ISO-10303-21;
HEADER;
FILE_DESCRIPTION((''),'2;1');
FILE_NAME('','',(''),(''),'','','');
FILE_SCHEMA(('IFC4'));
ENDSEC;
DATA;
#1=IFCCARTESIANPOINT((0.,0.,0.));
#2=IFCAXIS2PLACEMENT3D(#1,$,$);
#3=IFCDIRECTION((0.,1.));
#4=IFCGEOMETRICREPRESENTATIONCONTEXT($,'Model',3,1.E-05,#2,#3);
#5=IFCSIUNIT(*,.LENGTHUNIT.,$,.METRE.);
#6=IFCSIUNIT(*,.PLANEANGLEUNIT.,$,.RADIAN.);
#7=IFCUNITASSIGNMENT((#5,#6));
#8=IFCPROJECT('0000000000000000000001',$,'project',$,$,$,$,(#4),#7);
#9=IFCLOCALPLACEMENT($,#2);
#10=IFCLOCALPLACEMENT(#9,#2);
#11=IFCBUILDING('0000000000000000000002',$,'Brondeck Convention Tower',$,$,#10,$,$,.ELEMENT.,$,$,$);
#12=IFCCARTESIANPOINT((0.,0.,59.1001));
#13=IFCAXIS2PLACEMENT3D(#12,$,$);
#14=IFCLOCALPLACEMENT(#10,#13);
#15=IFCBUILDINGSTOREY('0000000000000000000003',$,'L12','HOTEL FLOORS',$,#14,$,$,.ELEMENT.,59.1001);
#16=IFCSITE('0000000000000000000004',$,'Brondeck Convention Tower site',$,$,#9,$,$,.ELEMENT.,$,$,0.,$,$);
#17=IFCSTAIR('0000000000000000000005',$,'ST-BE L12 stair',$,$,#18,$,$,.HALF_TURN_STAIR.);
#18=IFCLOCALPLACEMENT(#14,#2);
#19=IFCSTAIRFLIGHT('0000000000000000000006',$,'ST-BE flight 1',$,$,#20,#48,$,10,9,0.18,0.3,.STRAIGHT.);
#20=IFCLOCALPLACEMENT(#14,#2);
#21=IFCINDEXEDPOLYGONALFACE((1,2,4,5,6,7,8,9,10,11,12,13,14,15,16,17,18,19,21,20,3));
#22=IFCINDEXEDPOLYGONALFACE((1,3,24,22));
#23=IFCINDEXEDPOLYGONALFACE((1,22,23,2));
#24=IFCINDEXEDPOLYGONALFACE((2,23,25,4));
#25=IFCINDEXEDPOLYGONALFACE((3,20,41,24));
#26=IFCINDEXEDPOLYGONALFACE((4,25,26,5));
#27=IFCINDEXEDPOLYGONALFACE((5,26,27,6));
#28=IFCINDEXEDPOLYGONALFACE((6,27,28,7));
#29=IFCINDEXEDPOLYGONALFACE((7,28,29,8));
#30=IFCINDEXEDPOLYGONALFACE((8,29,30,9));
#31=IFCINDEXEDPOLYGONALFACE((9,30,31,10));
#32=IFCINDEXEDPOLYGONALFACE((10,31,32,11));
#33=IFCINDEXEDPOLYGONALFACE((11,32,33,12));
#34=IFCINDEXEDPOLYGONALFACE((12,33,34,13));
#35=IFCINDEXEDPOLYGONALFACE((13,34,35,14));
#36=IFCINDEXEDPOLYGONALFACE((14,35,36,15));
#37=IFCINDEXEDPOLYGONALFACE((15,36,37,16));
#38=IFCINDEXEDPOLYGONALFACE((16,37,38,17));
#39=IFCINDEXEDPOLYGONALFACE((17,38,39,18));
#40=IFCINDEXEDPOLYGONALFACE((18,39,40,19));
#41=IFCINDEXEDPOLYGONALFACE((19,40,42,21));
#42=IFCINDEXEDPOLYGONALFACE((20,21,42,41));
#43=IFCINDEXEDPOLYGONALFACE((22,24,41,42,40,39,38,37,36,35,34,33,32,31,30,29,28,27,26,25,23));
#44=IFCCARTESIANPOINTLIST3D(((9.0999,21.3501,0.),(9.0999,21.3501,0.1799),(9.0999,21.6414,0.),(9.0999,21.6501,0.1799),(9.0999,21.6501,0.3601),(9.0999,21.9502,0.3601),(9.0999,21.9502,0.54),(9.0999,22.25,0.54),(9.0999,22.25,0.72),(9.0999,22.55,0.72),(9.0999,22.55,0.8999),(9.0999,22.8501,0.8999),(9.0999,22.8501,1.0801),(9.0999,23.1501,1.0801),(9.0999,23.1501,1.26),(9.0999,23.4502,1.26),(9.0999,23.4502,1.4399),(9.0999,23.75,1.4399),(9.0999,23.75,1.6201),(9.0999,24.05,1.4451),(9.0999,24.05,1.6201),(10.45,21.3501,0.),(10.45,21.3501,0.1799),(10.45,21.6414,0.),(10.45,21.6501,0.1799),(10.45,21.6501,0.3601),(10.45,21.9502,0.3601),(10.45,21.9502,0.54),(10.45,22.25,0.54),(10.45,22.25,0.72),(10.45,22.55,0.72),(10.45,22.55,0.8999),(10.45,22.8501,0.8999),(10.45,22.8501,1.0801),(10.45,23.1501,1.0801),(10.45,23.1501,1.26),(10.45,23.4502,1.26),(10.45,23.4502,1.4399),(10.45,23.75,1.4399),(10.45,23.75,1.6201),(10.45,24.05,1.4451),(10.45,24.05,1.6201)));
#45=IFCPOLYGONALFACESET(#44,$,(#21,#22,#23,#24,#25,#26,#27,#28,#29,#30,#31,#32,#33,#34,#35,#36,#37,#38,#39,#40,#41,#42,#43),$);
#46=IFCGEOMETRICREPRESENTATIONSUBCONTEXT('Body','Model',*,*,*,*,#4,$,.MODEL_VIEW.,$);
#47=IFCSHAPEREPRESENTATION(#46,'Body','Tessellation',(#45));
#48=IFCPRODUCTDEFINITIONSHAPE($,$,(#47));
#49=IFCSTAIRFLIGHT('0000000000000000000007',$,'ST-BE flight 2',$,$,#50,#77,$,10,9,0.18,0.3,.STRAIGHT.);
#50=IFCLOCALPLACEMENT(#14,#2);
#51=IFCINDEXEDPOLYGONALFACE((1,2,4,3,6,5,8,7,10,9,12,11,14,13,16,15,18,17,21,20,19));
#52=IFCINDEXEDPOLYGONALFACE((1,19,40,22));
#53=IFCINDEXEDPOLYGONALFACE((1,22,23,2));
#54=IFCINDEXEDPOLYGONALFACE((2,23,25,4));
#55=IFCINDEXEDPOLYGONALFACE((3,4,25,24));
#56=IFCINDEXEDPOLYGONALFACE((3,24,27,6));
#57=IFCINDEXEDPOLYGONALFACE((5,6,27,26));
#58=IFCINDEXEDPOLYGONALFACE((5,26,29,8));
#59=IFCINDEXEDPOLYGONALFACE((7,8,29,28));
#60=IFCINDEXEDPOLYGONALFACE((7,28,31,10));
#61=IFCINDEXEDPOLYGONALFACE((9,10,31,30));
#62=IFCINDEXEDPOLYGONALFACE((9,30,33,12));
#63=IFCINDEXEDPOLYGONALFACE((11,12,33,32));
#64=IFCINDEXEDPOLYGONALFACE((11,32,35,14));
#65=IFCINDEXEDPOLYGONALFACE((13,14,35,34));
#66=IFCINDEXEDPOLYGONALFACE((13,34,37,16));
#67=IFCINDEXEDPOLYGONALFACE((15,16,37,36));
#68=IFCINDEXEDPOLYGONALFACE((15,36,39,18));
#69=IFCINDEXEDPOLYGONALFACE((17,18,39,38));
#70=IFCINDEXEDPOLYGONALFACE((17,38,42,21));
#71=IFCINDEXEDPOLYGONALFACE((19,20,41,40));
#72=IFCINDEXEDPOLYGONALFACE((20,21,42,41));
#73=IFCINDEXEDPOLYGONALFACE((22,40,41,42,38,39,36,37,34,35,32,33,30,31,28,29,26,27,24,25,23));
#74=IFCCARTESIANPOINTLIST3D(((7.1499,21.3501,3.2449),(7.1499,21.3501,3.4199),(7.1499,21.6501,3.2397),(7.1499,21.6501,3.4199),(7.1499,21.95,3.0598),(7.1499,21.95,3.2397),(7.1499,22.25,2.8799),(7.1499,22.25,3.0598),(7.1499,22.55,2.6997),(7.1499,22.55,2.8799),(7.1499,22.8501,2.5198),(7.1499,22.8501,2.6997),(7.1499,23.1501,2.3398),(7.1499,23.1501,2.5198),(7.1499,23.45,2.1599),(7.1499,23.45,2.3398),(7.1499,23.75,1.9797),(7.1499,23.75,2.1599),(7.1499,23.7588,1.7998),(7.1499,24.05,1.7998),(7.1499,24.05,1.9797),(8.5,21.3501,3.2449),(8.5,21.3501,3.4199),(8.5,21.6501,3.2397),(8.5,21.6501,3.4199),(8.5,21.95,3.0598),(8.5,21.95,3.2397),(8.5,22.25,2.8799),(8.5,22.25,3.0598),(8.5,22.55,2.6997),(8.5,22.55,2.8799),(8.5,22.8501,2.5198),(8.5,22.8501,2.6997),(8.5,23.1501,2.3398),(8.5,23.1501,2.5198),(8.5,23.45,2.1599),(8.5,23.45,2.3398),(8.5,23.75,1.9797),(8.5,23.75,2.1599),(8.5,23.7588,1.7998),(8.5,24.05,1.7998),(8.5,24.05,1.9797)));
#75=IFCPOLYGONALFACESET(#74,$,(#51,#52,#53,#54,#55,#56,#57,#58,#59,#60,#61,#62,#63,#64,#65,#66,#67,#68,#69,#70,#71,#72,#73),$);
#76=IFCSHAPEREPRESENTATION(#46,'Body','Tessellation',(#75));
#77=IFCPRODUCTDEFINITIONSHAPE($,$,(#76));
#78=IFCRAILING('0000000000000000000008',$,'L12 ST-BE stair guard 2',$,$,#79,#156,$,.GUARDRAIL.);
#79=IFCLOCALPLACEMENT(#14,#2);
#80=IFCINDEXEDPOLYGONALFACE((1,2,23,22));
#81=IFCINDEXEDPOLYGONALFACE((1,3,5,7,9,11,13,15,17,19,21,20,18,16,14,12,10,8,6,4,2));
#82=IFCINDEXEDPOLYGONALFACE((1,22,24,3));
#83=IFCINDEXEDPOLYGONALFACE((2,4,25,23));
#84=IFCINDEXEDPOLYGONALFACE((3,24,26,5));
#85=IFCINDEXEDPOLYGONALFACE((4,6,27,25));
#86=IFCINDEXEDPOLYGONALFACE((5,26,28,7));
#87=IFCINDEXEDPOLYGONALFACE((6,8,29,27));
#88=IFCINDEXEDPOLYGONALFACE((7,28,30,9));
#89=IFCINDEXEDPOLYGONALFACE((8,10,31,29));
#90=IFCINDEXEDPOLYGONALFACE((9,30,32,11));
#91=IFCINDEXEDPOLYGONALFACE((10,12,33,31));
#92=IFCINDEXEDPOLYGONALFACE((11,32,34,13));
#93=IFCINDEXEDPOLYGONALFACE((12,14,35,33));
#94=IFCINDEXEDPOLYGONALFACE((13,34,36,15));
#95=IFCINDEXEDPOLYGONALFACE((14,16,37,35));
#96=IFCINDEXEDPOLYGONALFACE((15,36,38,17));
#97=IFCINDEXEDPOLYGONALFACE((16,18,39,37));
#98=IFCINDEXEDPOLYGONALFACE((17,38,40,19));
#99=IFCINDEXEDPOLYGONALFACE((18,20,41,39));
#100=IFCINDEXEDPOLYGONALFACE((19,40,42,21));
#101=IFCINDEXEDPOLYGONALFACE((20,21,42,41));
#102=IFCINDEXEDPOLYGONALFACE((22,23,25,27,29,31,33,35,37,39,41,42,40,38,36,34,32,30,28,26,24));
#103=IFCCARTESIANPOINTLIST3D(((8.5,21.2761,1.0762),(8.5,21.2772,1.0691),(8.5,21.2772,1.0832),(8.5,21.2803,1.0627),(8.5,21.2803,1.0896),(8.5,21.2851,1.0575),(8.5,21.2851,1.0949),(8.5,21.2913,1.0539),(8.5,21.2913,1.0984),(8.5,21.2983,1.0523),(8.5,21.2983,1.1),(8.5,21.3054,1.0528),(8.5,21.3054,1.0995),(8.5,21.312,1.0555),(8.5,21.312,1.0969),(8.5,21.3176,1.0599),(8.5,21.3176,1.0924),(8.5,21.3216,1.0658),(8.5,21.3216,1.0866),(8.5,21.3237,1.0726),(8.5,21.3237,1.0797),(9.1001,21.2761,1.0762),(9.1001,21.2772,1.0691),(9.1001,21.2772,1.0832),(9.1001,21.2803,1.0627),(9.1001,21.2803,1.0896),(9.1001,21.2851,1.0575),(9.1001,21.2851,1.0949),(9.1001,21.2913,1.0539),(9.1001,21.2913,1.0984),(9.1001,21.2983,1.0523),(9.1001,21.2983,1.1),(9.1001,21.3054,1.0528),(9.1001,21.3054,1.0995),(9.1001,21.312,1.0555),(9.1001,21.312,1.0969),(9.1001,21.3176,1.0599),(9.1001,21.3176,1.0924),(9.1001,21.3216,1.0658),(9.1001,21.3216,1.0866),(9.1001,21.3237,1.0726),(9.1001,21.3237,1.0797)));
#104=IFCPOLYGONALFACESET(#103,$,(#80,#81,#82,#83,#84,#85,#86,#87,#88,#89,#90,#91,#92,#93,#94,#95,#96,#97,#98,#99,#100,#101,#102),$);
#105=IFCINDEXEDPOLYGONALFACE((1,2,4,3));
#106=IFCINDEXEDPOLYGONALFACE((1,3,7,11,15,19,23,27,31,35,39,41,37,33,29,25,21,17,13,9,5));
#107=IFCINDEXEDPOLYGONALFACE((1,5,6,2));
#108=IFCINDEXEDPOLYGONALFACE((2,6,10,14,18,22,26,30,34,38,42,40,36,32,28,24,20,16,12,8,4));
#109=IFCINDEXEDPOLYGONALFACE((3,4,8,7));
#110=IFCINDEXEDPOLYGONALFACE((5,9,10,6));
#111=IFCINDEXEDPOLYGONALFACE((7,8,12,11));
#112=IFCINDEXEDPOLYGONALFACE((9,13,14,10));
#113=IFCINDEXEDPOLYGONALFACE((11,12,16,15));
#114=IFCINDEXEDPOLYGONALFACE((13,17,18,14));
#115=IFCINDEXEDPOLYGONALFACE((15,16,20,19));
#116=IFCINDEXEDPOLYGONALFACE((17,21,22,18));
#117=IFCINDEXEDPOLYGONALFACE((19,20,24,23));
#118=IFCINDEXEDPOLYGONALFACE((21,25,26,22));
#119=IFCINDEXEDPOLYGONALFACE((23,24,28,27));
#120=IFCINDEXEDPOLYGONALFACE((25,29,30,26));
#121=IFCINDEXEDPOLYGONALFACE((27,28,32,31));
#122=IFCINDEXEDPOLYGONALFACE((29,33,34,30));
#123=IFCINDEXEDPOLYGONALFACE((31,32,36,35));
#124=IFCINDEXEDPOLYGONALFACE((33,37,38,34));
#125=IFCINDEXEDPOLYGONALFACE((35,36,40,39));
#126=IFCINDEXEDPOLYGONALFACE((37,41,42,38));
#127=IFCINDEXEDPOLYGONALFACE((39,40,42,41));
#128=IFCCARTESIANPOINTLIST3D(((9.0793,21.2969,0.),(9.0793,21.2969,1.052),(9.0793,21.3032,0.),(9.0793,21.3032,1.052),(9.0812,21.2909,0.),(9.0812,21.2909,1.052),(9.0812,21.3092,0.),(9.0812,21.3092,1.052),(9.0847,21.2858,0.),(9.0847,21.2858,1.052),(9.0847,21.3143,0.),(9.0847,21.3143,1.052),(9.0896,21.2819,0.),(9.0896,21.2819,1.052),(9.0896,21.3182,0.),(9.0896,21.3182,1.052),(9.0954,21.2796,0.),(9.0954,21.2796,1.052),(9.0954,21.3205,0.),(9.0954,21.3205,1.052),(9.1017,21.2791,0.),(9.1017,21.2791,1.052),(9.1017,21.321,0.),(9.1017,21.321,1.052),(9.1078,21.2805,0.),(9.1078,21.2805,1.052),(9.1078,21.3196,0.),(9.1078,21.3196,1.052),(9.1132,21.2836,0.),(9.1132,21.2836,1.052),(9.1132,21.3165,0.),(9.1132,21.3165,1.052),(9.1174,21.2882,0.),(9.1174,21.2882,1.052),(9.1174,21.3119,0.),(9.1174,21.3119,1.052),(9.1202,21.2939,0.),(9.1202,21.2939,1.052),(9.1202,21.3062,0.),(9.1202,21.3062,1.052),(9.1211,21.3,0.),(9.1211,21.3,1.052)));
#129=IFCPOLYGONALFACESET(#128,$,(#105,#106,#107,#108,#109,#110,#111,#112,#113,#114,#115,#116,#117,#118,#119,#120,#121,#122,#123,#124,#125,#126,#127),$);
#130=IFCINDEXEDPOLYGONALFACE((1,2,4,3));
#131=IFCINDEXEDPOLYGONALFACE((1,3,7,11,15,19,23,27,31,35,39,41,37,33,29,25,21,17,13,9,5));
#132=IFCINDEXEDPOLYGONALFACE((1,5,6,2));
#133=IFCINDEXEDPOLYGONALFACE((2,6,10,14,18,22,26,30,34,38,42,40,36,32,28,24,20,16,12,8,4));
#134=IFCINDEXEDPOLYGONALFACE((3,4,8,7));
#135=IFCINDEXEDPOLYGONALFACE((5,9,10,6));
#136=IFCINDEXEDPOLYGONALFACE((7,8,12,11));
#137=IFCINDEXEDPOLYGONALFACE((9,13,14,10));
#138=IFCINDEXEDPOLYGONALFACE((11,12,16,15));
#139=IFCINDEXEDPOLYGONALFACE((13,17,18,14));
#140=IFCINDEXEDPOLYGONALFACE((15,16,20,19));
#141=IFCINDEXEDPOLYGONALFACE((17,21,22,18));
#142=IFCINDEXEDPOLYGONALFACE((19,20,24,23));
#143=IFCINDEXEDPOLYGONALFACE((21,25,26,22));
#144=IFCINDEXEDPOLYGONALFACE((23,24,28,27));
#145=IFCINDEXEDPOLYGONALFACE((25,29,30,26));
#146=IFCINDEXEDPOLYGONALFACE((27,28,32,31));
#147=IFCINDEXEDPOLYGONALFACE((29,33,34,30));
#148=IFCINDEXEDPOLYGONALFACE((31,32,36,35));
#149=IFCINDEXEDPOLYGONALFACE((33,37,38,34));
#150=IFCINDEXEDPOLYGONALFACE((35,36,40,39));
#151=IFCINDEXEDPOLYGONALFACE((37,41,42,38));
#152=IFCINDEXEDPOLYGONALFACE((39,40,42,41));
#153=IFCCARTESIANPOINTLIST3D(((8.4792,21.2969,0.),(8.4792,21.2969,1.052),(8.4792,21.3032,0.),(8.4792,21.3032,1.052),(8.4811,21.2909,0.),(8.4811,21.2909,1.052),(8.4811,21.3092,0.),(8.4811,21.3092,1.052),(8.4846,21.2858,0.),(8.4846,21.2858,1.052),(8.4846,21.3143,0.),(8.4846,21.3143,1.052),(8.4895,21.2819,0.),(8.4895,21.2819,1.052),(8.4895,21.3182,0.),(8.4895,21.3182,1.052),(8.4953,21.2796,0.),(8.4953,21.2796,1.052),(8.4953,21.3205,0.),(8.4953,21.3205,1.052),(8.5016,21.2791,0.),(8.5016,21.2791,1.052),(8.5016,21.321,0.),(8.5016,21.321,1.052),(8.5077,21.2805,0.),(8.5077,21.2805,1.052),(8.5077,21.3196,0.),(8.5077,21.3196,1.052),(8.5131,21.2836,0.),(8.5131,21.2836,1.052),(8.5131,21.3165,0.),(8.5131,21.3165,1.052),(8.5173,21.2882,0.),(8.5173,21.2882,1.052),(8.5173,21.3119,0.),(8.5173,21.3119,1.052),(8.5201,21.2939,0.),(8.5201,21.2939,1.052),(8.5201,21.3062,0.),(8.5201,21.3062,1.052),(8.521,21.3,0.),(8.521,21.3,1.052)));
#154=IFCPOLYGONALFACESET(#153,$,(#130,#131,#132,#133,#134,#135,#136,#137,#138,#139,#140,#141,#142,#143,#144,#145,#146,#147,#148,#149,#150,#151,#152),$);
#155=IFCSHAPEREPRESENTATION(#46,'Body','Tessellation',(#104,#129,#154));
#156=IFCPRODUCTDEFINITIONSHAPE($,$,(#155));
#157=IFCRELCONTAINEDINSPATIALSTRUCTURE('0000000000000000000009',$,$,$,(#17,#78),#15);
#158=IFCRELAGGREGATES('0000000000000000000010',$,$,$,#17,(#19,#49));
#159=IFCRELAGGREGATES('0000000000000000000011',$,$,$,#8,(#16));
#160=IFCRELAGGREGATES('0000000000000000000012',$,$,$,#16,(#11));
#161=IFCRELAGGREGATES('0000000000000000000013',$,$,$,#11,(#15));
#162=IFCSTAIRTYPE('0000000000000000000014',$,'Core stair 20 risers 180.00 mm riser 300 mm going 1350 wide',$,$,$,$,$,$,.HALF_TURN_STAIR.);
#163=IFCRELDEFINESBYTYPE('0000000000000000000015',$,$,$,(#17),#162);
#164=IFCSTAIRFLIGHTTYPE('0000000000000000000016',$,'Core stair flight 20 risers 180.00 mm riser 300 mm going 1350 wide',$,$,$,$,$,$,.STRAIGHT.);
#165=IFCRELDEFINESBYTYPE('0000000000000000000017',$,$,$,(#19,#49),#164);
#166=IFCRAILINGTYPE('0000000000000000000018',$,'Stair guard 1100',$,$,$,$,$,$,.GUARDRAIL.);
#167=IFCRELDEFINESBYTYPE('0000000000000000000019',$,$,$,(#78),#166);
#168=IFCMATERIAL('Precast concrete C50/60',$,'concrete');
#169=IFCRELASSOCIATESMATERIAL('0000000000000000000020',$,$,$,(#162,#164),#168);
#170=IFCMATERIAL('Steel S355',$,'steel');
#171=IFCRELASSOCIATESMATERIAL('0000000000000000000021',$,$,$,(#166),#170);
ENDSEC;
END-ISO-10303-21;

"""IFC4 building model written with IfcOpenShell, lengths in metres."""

from ifc_helpers import new_model, si_unit, direction, frame, origin, origin_2d, place, context, subcontext, project, spatial, polyline, circle, outline, extrude, material, type_object, element, aggregate, save


model = new_model("IFC4")

# Units and contexts
model_context = context("Model", 3, precision=1e-05, world=origin(), true_north=direction((0.0, 1.0)))
body_context = subcontext(model_context, "Body", "Model", "MODEL_VIEW")
ifc_project = project(units=[si_unit("LENGTHUNIT", "METRE"), si_unit("PLANEANGLEUNIT", "RADIAN")], contexts=[model_context])

# Site, building, storey
site_placement = place(None, origin())
site = spatial("IfcSite", under=ifc_project, at=site_placement, Name="Brondeck Convention Tower site", CompositionType="ELEMENT", RefElevation=0.0)
building_placement = place(site_placement, origin())
building = spatial("IfcBuilding", under=site, at=building_placement, Name="Brondeck Convention Tower", CompositionType="ELEMENT")
storey_placement = place(building_placement, frame((0.0, 0.0, 59.1001)))
storey = spatial("IfcBuildingStorey", under=building, at=storey_placement, Name="L12", Description="HOTEL FLOORS", CompositionType="ELEMENT", Elevation=59.1001)

# Shared definitions
ifc_material_1 = material(Name="Steel S355", Category="steel")

# Stair, stair flights
ifc_material_2 = material(Name="Precast concrete C50/60", Category="concrete")
stair_type = type_object("IfcStairType", Name="Core stair 20 risers 180.00 mm riser 300 mm going 1350 wide", PredefinedType="HALF_TURN_STAIR", material=ifc_material_2)
stair_placement = place(storey_placement, origin())
stair = element("IfcStair", 1, at=stair_placement, inside=storey, type_object=stair_type, Name="ST-BE L12 stair", PredefinedType="HALF_TURN_STAIR")
stair_flight_type = type_object("IfcStairFlightType", Name="Core stair flight 20 risers 180.00 mm riser 300 mm going 1350 wide", PredefinedType="STRAIGHT", material=ifc_material_2)
stair_flight_1_placement = place(storey_placement, frame((9.7749, 21.3501, 0.0), z_axis=(0.0, 0.0, 1.0), x_axis=(0.0, 1.0, 0.0)))
stair_flight_1 = element("IfcStairFlight", 2, at=stair_flight_1_placement, type_object=stair_flight_type, Name="ST-BE flight 1", NumberOfRisers=10, NumberOfTreads=9, PredefinedType="STRAIGHT", RiserHeight=0.18, TreadLength=0.3, context=body_context, shape_type="SweptSolid", body=[
    extrude(outline(polyline([(0.0, 0.0), (0.0, 0.1799), (0.3, 0.1799), (0.3, 0.3601), (0.6001, 0.3601), (0.6001, 0.54), (0.8999, 0.54), (0.8999, 0.72), (1.2, 0.72), (1.2, 0.8999), (1.5, 0.8999), (1.5, 1.0801), (1.8, 1.0801), (1.8, 1.26), (2.1001, 1.26), (2.1001, 1.4399), (2.3999, 1.4399), (2.3999, 1.6201), (2.7, 1.6201), (2.7, 1.8), (2.7, 1.4451), (0.2913, 0.0), (0.0, 0.0)])), frame((0.0, 0.675, 0.0), z_axis=(0.0, -1.0, 0.0), x_axis=(1.0, 0.0, 0.0)), (0.0, 0.0, 1.0), 1.3501),
])
stair_flight_2_placement = place(storey_placement, frame((7.825, 24.05, 1.7998), z_axis=(0.0, 0.0, 1.0), x_axis=(0.0, -1.0, 0.0)))
stair_flight_2 = element("IfcStairFlight", 3, at=stair_flight_2_placement, type_object=stair_flight_type, Name="ST-BE flight 2", NumberOfRisers=10, NumberOfTreads=9, PredefinedType="STRAIGHT", RiserHeight=0.18, TreadLength=0.3, context=body_context, shape_type="SweptSolid", body=[
    extrude(outline(polyline([(0.0, 0.0), (0.0, 0.1799), (0.3, 0.1799), (0.3, 0.3601), (0.6001, 0.3601), (0.6001, 0.54), (0.8999, 0.54), (0.8999, 0.72), (1.2, 0.72), (1.2, 0.8999), (1.5, 0.8999), (1.5, 1.0801), (1.8, 1.0801), (1.8, 1.26), (2.1001, 1.26), (2.1001, 1.4399), (2.3999, 1.4399), (2.3999, 1.6201), (2.7, 1.6201), (2.7, 1.8), (2.7, 1.4451), (0.2913, 0.0), (0.0, 0.0)])), frame((0.0, 0.675, 0.0), z_axis=(0.0, -1.0, 0.0), x_axis=(1.0, 0.0, 0.0)), (0.0, 0.0, 1.0), 1.3501),
])
aggregate(stair, [stair_flight_1, stair_flight_2])

# Railing
railing_type_1 = type_object("IfcRailingType", Name="Stair guard 1100", PredefinedType="GUARDRAIL", material=ifc_material_1)
railing_1_placement = place(storey_placement, frame((9.1001, 21.3, 0.0)))
element("IfcRailing", 4, at=railing_1_placement, inside=storey, type_object=railing_type_1, Name="L12 ST-BE stair guard 2", PredefinedType="GUARDRAIL", context=body_context, shape_type="SweptSolid", body=[
    extrude(circle(Radius=0.0239, at=origin_2d()), frame((0.0, 0.0, 1.0762), z_axis=(-1.0, 0.0, 0.0), x_axis=(0.0, -1.0, 0.0)), (0.0, 0.0, 1.0), 0.6001),
    extrude(circle(Radius=0.021, at=origin_2d()), origin(), (0.0, 0.0, 1.0), 1.052),
    extrude(circle(Radius=0.021, at=origin_2d()), frame((-0.6001, 0.0, 0.0)), (0.0, 0.0, 1.0), 1.052),
])

save(model, "model.ifc")
